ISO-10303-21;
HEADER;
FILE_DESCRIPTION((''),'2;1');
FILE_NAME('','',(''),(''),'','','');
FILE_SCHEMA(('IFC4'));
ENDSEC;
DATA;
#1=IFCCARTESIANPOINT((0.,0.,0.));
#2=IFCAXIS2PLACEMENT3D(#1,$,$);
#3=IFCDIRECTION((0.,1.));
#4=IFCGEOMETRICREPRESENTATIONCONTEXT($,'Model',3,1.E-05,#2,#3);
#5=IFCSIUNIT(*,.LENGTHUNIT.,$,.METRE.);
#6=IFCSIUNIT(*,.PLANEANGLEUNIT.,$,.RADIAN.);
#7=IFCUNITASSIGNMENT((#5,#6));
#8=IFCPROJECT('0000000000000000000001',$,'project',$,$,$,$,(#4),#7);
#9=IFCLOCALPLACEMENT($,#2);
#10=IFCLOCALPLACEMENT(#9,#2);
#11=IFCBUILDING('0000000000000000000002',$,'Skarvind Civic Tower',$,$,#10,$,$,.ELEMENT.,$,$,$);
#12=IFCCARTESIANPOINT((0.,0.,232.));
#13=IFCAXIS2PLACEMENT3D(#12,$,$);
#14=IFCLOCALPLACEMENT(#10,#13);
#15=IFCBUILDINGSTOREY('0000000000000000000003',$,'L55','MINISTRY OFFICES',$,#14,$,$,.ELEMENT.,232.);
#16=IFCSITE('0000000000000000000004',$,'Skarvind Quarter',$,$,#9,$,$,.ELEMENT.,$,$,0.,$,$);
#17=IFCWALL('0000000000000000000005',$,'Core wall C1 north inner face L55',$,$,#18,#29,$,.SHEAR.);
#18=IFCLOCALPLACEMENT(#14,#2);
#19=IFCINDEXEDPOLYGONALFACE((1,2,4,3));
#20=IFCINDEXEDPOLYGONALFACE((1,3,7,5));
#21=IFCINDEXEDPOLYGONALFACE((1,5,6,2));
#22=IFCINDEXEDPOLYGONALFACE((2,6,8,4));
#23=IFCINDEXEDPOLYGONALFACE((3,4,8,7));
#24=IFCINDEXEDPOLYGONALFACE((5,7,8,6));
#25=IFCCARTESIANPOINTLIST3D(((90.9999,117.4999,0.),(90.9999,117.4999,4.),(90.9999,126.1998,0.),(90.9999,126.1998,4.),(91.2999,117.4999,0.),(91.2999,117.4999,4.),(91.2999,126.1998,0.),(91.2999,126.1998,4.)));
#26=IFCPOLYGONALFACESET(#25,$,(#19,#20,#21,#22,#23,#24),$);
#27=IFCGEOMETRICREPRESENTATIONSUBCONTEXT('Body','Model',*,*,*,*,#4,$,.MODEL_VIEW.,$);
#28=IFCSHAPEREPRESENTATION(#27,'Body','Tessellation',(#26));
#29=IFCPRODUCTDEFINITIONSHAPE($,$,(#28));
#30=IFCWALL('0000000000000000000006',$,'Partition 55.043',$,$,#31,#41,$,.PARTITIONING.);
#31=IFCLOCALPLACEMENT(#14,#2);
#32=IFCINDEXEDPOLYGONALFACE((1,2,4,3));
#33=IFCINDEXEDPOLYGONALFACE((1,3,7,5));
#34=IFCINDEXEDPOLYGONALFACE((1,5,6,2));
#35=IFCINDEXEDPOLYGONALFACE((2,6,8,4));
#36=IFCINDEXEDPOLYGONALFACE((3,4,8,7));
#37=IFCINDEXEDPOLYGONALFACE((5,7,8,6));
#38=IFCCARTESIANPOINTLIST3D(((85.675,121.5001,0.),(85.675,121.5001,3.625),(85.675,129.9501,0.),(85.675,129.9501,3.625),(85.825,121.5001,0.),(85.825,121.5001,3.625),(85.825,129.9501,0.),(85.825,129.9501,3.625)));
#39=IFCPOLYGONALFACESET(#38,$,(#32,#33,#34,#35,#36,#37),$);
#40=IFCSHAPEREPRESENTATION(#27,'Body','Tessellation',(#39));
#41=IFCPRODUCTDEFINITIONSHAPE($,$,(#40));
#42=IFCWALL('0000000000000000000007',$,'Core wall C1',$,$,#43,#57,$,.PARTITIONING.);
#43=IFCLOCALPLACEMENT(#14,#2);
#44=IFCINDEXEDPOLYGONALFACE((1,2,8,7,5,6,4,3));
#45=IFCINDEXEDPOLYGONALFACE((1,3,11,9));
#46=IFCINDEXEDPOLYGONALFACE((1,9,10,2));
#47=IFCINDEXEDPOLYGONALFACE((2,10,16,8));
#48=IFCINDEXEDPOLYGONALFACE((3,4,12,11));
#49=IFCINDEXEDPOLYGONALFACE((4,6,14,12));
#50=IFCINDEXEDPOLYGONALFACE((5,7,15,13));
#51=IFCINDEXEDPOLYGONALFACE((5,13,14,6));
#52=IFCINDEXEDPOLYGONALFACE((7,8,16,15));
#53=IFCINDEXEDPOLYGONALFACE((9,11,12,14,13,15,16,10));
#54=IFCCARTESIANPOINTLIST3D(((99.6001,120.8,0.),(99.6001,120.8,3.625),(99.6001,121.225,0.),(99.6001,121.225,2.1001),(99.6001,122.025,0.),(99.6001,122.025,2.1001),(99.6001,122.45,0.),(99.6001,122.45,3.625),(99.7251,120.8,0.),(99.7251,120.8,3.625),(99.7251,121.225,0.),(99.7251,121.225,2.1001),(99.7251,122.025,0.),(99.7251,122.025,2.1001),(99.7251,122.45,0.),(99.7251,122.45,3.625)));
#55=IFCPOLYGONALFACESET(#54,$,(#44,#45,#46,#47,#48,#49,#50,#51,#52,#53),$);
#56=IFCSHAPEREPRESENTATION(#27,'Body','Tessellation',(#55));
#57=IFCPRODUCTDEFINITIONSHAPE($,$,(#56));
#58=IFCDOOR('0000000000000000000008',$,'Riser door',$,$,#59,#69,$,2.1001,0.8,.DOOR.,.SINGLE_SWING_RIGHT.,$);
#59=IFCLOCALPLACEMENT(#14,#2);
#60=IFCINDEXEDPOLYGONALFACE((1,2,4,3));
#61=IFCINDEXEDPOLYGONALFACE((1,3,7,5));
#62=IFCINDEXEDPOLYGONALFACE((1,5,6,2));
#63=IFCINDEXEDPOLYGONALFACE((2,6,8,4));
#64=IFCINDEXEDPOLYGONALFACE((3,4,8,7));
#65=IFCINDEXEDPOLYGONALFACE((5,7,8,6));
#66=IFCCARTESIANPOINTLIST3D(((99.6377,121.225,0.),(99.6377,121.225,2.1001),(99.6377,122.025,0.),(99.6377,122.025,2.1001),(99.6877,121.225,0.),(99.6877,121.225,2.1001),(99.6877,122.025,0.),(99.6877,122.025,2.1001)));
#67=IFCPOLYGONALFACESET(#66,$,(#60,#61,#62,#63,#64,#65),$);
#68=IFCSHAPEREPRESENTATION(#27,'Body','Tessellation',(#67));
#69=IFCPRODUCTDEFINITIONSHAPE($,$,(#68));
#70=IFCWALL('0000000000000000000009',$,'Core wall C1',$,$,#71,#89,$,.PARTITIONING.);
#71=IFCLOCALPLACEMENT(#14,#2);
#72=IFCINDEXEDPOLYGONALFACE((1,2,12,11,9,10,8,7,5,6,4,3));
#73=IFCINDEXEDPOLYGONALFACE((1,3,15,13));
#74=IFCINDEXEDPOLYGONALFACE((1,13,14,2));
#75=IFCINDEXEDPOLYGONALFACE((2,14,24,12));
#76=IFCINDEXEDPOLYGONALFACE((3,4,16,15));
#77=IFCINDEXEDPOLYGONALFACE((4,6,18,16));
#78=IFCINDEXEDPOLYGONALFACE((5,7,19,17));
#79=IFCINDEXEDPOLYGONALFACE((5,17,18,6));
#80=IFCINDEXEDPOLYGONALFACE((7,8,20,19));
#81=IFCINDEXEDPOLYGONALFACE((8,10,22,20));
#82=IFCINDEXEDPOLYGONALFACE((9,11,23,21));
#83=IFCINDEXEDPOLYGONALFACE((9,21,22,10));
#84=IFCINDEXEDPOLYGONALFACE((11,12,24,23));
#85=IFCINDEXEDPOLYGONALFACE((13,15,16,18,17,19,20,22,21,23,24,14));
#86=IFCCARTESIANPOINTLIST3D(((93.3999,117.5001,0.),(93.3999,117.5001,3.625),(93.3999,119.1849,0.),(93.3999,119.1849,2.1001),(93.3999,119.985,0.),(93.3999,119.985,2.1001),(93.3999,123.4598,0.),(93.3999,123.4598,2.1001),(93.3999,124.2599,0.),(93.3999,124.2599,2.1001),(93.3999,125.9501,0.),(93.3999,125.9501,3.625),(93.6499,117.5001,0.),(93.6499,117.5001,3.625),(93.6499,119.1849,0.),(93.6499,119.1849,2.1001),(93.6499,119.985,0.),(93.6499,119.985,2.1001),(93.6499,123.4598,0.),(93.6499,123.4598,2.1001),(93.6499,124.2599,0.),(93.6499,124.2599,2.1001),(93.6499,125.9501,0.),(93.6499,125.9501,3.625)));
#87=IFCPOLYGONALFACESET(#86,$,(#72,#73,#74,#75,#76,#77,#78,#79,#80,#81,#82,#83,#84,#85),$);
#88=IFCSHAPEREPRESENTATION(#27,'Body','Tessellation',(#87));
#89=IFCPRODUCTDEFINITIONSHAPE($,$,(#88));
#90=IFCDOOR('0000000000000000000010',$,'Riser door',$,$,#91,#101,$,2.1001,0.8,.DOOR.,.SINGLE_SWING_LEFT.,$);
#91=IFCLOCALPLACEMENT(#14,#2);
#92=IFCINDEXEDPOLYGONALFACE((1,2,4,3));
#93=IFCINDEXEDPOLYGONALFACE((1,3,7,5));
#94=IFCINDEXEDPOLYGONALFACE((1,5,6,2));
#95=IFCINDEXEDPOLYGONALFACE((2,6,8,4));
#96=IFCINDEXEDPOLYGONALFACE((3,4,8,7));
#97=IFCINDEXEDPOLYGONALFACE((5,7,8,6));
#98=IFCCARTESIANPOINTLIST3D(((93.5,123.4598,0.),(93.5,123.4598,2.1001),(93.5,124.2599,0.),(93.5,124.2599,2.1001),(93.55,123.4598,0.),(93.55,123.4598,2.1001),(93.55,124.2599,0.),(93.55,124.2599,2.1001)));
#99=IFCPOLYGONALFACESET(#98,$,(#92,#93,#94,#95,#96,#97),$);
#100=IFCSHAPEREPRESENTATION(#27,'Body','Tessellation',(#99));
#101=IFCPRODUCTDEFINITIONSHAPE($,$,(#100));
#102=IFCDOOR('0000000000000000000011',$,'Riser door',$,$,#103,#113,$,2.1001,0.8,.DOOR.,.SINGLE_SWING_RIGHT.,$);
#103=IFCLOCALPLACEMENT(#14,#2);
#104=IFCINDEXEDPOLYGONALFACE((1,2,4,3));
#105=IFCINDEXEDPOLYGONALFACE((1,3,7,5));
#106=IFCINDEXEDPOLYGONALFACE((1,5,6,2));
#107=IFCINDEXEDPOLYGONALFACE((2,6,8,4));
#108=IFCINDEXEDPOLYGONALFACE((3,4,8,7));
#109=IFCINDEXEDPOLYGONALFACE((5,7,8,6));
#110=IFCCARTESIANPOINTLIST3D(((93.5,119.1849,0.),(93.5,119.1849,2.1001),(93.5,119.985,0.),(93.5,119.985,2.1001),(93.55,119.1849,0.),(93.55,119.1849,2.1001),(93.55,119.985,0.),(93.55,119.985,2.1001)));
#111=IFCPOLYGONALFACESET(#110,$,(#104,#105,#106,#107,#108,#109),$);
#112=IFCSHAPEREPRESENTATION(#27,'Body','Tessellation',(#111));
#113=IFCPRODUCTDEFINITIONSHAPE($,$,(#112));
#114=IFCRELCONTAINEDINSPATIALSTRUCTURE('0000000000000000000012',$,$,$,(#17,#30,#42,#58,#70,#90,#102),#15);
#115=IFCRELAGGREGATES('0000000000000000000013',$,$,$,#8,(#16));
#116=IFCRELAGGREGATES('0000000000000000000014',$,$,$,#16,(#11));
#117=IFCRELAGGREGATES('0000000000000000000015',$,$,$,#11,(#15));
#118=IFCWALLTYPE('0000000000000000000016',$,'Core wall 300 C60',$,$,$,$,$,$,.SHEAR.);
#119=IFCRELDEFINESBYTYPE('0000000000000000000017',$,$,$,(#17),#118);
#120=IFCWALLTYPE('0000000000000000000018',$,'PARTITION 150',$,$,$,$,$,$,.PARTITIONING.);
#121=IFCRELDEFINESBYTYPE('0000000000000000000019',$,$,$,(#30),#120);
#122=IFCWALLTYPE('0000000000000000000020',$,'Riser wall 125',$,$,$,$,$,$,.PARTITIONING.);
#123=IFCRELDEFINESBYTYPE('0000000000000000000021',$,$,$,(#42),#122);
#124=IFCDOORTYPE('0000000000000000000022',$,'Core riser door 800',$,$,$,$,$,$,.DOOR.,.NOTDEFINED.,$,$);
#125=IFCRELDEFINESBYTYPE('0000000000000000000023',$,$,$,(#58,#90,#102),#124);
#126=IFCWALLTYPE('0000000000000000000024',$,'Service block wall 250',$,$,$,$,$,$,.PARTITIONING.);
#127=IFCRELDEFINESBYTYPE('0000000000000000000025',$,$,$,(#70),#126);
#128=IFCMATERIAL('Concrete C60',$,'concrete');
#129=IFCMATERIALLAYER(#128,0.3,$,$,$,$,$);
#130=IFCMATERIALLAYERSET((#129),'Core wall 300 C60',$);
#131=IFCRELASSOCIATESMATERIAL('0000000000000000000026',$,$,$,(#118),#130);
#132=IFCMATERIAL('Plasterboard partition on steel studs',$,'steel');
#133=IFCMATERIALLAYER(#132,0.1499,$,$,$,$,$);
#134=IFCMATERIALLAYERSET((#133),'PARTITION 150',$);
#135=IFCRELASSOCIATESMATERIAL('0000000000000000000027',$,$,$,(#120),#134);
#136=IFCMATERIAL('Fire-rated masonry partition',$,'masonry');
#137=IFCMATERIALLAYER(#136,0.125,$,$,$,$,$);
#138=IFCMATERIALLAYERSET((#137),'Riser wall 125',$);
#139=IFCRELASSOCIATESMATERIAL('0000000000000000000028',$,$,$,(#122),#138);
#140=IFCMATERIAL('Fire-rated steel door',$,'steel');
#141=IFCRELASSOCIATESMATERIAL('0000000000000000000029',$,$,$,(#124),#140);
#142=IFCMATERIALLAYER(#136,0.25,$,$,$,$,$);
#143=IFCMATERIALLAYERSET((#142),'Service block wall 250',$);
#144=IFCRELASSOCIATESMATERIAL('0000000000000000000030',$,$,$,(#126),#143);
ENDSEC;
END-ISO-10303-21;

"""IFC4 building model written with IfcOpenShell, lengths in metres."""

from ifc_helpers import new_model, si_unit, direction, frame, frame_2d, origin, place, context, subcontext, project, spatial, rectangle, extrude, material, layer, layer_set, type_object, element, fill, save


model = new_model("IFC4")

# Units and contexts
model_context = context("Model", 3, precision=1e-05, world=origin(), true_north=direction((0.0, 1.0)))
body_context = subcontext(model_context, "Body", "Model", "MODEL_VIEW")
ifc_project = project(units=[si_unit("LENGTHUNIT", "METRE"), si_unit("PLANEANGLEUNIT", "RADIAN")], contexts=[model_context])

# Site, building, storey
site_placement = place(None, origin())
site = spatial("IfcSite", under=ifc_project, at=site_placement, Name="Skarvind Quarter", CompositionType="ELEMENT", RefElevation=0.0)
building_placement = place(site_placement, origin())
building = spatial("IfcBuilding", under=site, at=building_placement, Name="Skarvind Civic Tower", CompositionType="ELEMENT")
storey_placement = place(building_placement, frame((0.0, 0.0, 232.0)))
storey = spatial("IfcBuildingStorey", under=building, at=storey_placement, Name="L55", Description="MINISTRY OFFICES", CompositionType="ELEMENT", Elevation=232.0)

# Shared definitions
ifc_material_1 = material(Name="Concrete C60", Category="concrete")

# Shared definitions
ifc_material_2 = material(Name="Fire-rated masonry partition", Category="masonry")
ifc_material_3 = material(Name="Fire-rated steel door", Category="steel")

# Walls
ifc_layer_1 = layer(ifc_material_1, 0.3)
ifc_layer_set_1 = layer_set([ifc_layer_1], Name="Core wall 300 C60")
wall_type_1 = type_object("IfcWallType", Name="Core wall 300 C60", PredefinedType="SHEAR", material=ifc_layer_set_1)
wall_1_placement = place(storey_placement, frame((91.1499, 126.2, 0.0), z_axis=(0.0, 0.0, 1.0), x_axis=(0.0, -1.0, 0.0)))
element("IfcWall", 1, at=wall_1_placement, inside=storey, type_object=wall_type_1, Name="Core wall C1 north inner face L55", PredefinedType="SHEAR", context=body_context, shape_type="SweptSolid", body=[
    extrude(rectangle(XDim=8.7, YDim=0.3, at=frame_2d((4.3501, 0.0))), origin(), (0.0, 0.0, 1.0), 4.0),
])
ifc_material_4 = material(Name="Plasterboard partition on steel studs", Category="steel")
ifc_layer_2 = layer(ifc_material_4, 0.1499)
ifc_layer_set_2 = layer_set([ifc_layer_2], Name="PARTITION 150")
wall_type_2 = type_object("IfcWallType", Name="PARTITION 150", PredefinedType="PARTITIONING", material=ifc_layer_set_2)
wall_2_placement = place(storey_placement, frame((85.75, 121.5, 0.0), z_axis=(0.0, 0.0, 1.0), x_axis=(0.0, 1.0, 0.0)))
element("IfcWall", 2, at=wall_2_placement, inside=storey, type_object=wall_type_2, Name="Partition 55.043", PredefinedType="PARTITIONING", context=body_context, shape_type="SweptSolid", body=[
    extrude(rectangle(XDim=8.45, YDim=0.1499, at=frame_2d((4.2251, 0.0))), origin(), (0.0, 0.0, 1.0), 3.625),
])

# Wall, opening, door
ifc_layer_3 = layer(ifc_material_2, 0.125)
ifc_layer_set_3 = layer_set([ifc_layer_3], Name="Riser wall 125")
wall_type_3 = type_object("IfcWallType", Name="Riser wall 125", PredefinedType="PARTITIONING", material=ifc_layer_set_3)
wall_3_placement = place(storey_placement, frame((99.6626, 120.8, 0.0), z_axis=(0.0, 0.0, 1.0), x_axis=(0.0, 1.0, 0.0)))
wall_3 = element("IfcWall", 3, at=wall_3_placement, inside=storey, type_object=wall_type_3, Name="Core wall C1", PredefinedType="PARTITIONING", context=body_context, shape_type="SweptSolid", body=[
    extrude(rectangle(XDim=1.6499, YDim=0.125, at=frame_2d((0.825, 0.0))), origin(), (0.0, 0.0, 1.0), 3.625),
])
opening_1_placement = place(wall_3_placement, frame((0.425, 0.0, 0.0)))
opening_1 = element("IfcOpeningElement", 4, at=opening_1_placement, cuts=wall_3, PredefinedType="OPENING", context=body_context, shape_type="SweptSolid", body=[
    extrude(rectangle(XDim=0.8, YDim=2.1001, at=frame_2d((0.3999, 1.05))), frame((0.0, 0.0725, 0.0), z_axis=(0.0, -1.0, 0.0), x_axis=(1.0, 0.0, 0.0)), (0.0, 0.0, 1.0), 0.145),
])
door_type_1 = type_object("IfcDoorType", Name="Core riser door 800", OperationType="NOTDEFINED", PredefinedType="DOOR", material=ifc_material_3)
door_1_placement = place(opening_1_placement, origin())
door_1 = element("IfcDoor", 5, at=door_1_placement, inside=storey, type_object=door_type_1, Name="Riser door", OperationType="SINGLE_SWING_RIGHT", OverallHeight=2.1001, OverallWidth=0.8, PredefinedType="DOOR", context=body_context, shape_type="SweptSolid", body=[
    extrude(rectangle(XDim=0.8, YDim=2.1001, at=frame_2d((0.3999, 1.05))), frame((0.0, 0.0249, 0.0), z_axis=(0.0, -1.0, 0.0), x_axis=(1.0, 0.0, 0.0)), (0.0, 0.0, 1.0), 0.05),
])
fill(opening_1, door_1)

# Wall, openings, doors
ifc_layer_4 = layer(ifc_material_2, 0.25)
ifc_layer_set_4 = layer_set([ifc_layer_4], Name="Service block wall 250")
wall_type_4 = type_object("IfcWallType", Name="Service block wall 250", PredefinedType="PARTITIONING", material=ifc_layer_set_4)
wall_4_placement = place(storey_placement, frame((93.5249, 117.5, 0.0), z_axis=(0.0, 0.0, 1.0), x_axis=(0.0, 1.0, 0.0)))
wall_4 = element("IfcWall", 6, at=wall_4_placement, inside=storey, type_object=wall_type_4, Name="Core wall C1", PredefinedType="PARTITIONING", context=body_context, shape_type="SweptSolid", body=[
    extrude(rectangle(XDim=8.45, YDim=0.25, at=frame_2d((4.2251, 0.0))), origin(), (0.0, 0.0, 1.0), 3.625),
])
opening_2_placement = place(wall_4_placement, frame((5.96, 0.0, 0.0)))
opening_2 = element("IfcOpeningElement", 7, at=opening_2_placement, cuts=wall_4, PredefinedType="OPENING", context=body_context, shape_type="SweptSolid", body=[
    extrude(rectangle(XDim=0.8, YDim=2.1001, at=frame_2d((0.3999, 1.05))), frame((0.0, 0.135, 0.0), z_axis=(0.0, -1.0, 0.0), x_axis=(1.0, 0.0, 0.0)), (0.0, 0.0, 1.0), 0.27),
])
opening_3_placement = place(wall_4_placement, frame((1.6851, 0.0, 0.0)))
opening_3 = element("IfcOpeningElement", 8, at=opening_3_placement, cuts=wall_4, PredefinedType="OPENING", context=body_context, shape_type="SweptSolid", body=[
    extrude(rectangle(XDim=0.8, YDim=2.1001, at=frame_2d((0.3999, 1.05))), frame((0.0, 0.135, 0.0), z_axis=(0.0, -1.0, 0.0), x_axis=(1.0, 0.0, 0.0)), (0.0, 0.0, 1.0), 0.27),
])
door_2_placement = place(opening_2_placement, origin())
door_2 = element("IfcDoor", 9, at=door_2_placement, inside=storey, type_object=door_type_1, Name="Riser door", OperationType="SINGLE_SWING_LEFT", OverallHeight=2.1001, OverallWidth=0.8, PredefinedType="DOOR", context=body_context, shape_type="SweptSolid", body=[
    extrude(rectangle(XDim=0.8, YDim=2.1001, at=frame_2d((0.3999, 1.05))), frame((0.0, 0.0249, 0.0), z_axis=(0.0, -1.0, 0.0), x_axis=(1.0, 0.0, 0.0)), (0.0, 0.0, 1.0), 0.05),
])
fill(opening_2, door_2)
door_3_placement = place(opening_3_placement, origin())
door_3 = element("IfcDoor", 10, at=door_3_placement, inside=storey, type_object=door_type_1, Name="Riser door", OperationType="SINGLE_SWING_RIGHT", OverallHeight=2.1001, OverallWidth=0.8, PredefinedType="DOOR", context=body_context, shape_type="SweptSolid", body=[
    extrude(rectangle(XDim=0.8, YDim=2.1001, at=frame_2d((0.3999, 1.05))), frame((0.0, 0.0249, 0.0), z_axis=(0.0, -1.0, 0.0), x_axis=(1.0, 0.0, 0.0)), (0.0, 0.0, 1.0), 0.05),
])
fill(opening_3, door_3)

save(model, "model.ifc")
